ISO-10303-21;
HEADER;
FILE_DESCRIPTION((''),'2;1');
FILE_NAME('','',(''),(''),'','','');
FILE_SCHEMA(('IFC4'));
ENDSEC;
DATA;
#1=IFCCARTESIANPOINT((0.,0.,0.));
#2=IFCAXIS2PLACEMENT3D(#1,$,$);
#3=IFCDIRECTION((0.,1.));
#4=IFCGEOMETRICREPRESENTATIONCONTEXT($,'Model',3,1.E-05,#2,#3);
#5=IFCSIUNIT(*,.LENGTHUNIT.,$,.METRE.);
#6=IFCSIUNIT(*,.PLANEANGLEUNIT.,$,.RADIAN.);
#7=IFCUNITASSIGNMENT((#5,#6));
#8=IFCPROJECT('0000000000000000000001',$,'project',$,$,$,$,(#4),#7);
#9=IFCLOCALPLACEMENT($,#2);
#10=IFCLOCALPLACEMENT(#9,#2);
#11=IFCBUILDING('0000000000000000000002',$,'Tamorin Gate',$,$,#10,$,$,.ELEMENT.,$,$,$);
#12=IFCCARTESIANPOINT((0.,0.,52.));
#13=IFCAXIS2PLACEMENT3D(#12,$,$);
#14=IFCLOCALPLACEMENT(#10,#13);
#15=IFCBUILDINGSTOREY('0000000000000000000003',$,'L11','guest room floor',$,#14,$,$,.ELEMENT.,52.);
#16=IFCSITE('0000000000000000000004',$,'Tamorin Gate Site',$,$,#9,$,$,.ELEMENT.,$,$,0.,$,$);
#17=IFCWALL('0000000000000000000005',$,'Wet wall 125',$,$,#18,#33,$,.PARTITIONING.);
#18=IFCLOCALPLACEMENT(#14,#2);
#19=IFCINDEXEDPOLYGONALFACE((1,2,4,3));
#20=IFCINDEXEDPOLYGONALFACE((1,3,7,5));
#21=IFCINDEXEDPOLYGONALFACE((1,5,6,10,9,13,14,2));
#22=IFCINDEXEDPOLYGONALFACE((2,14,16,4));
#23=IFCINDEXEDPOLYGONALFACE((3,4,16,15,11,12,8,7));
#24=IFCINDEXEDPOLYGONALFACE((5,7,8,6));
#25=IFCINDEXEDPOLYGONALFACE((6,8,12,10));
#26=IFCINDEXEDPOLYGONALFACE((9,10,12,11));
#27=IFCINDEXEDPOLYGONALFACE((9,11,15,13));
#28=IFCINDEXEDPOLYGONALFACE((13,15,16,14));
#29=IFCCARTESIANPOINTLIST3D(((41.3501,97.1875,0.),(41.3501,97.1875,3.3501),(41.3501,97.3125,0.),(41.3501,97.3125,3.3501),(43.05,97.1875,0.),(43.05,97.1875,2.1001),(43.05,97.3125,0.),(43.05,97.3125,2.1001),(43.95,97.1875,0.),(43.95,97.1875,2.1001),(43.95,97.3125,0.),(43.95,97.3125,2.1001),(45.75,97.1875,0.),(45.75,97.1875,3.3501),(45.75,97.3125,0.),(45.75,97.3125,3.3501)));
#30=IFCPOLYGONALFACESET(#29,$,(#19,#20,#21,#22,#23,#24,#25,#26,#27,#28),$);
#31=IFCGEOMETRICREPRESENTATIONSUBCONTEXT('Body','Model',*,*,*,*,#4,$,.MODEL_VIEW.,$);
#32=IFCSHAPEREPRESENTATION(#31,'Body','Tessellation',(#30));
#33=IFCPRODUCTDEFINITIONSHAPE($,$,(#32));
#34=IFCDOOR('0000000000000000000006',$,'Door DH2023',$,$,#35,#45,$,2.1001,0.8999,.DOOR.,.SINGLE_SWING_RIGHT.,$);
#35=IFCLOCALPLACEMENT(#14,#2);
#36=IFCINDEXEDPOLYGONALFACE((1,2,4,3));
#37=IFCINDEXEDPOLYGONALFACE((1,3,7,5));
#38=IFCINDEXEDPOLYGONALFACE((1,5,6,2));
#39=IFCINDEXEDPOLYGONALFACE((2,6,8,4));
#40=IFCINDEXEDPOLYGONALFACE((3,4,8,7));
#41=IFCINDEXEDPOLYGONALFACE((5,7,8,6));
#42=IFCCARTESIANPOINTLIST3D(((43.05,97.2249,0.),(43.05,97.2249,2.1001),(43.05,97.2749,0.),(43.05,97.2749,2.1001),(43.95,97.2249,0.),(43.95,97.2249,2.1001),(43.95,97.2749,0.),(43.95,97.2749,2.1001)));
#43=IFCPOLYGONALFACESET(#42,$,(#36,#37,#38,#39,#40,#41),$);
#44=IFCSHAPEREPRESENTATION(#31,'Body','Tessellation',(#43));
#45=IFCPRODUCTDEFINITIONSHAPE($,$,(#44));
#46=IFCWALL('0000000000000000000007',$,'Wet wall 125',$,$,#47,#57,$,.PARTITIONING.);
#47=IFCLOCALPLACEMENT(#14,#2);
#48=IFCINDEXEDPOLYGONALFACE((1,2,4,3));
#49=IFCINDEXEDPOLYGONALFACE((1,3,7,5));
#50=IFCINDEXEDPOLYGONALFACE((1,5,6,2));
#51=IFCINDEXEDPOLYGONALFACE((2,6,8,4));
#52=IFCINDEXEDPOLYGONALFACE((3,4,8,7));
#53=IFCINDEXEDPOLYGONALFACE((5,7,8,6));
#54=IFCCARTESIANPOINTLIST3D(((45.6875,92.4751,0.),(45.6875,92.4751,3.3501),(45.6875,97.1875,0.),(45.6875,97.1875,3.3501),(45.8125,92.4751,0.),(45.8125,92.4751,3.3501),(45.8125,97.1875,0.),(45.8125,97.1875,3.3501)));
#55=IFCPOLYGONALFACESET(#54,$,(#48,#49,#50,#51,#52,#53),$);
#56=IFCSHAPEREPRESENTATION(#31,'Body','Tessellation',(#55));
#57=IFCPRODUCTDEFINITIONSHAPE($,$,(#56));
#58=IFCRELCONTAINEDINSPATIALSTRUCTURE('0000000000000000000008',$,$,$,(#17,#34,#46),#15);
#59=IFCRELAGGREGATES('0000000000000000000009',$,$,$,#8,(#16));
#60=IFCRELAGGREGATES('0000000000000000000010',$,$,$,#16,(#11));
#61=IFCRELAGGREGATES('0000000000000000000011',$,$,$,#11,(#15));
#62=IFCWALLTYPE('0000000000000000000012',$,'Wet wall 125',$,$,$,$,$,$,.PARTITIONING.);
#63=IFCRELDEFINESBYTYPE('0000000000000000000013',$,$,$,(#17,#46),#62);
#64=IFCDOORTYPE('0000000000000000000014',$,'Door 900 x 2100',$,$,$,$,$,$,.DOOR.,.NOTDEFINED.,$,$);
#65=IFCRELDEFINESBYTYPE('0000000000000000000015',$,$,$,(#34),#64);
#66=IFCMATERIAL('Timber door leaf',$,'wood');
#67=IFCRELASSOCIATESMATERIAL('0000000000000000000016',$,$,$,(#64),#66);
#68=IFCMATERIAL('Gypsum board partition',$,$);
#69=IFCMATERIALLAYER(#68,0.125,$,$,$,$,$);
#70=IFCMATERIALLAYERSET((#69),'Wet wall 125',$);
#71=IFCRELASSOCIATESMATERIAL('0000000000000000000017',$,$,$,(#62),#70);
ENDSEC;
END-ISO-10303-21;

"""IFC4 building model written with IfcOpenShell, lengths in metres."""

from ifc_helpers import new_model, si_unit, direction, frame, frame_2d, origin, place, context, subcontext, project, spatial, rectangle, extrude, material, layer, layer_set, type_object, element, fill, save


model = new_model("IFC4")

# Units and contexts
model_context = context("Model", 3, precision=1e-05, world=origin(), true_north=direction((0.0, 1.0)))
body_context = subcontext(model_context, "Body", "Model", "MODEL_VIEW")
ifc_project = project(units=[si_unit("LENGTHUNIT", "METRE"), si_unit("PLANEANGLEUNIT", "RADIAN")], contexts=[model_context])

# Site, building, storey
site_placement = place(None, origin())
site = spatial("IfcSite", under=ifc_project, at=site_placement, Name="Tamorin Gate Site", CompositionType="ELEMENT", RefElevation=0.0)
building_placement = place(site_placement, origin())
building = spatial("IfcBuilding", under=site, at=building_placement, Name="Tamorin Gate", CompositionType="ELEMENT")
storey_placement = place(building_placement, frame((0.0, 0.0, 52.0)))
storey = spatial("IfcBuildingStorey", under=building, at=storey_placement, Name="L11", Description="guest room floor", CompositionType="ELEMENT", Elevation=52.0)

# Shared definitions
ifc_material_1 = material(Name="Gypsum board partition")

# Shared definitions
ifc_material_2 = material(Name="Timber door leaf", Category="wood")
door_type = type_object("IfcDoorType", Name="Door 900 x 2100", OperationType="NOTDEFINED", PredefinedType="DOOR", material=ifc_material_2)

# Wall, opening, door
ifc_layer_1 = layer(ifc_material_1, 0.125)
ifc_layer_set_1 = layer_set([ifc_layer_1], Name="Wet wall 125")
wall_type_1 = type_object("IfcWallType", Name="Wet wall 125", PredefinedType="PARTITIONING", material=ifc_layer_set_1)
wall_1_placement = place(storey_placement, frame((41.3501, 97.25, 0.0), z_axis=(0.0, 0.0, 1.0), x_axis=(1.0, 0.0, 0.0)))
wall_1 = element("IfcWall", 1, at=wall_1_placement, inside=storey, type_object=wall_type_1, Name="Wet wall 125", PredefinedType="PARTITIONING", context=body_context, shape_type="SweptSolid", body=[
    extrude(rectangle(XDim=4.3999, YDim=0.125, at=frame_2d((2.2, 0.0))), origin(), (0.0, 0.0, 1.0), 3.3501),
])
opening_1_placement = place(wall_1_placement, frame((1.7, 0.0, 0.0)))
opening_1 = element("IfcOpeningElement", 2, at=opening_1_placement, cuts=wall_1, PredefinedType="OPENING", context=body_context, shape_type="SweptSolid", body=[
    extrude(rectangle(XDim=0.8999, YDim=2.1001, at=frame_2d((0.45, 1.05))), frame((0.0, 0.0725, 0.0), z_axis=(0.0, -1.0, 0.0), x_axis=(1.0, 0.0, 0.0)), (0.0, 0.0, 1.0), 0.145),
])
door_1_placement = place(opening_1_placement, origin())
door_1 = element("IfcDoor", 3, at=door_1_placement, inside=storey, type_object=door_type, Name="Door DH2023", OperationType="SINGLE_SWING_RIGHT", OverallHeight=2.1001, OverallWidth=0.8999, PredefinedType="DOOR", context=body_context, shape_type="SweptSolid", body=[
    extrude(rectangle(XDim=0.8999, YDim=2.1001, at=frame_2d((0.45, 1.05))), frame((0.0, 0.0249, 0.0), z_axis=(0.0, -1.0, 0.0), x_axis=(1.0, 0.0, 0.0)), (0.0, 0.0, 1.0), 0.05),
])
fill(opening_1, door_1)

# Wall
wall_2_placement = place(storey_placement, frame((45.75, 92.4751, 0.0), z_axis=(0.0, 0.0, 1.0), x_axis=(0.0, 1.0, 0.0)))
element("IfcWall", 4, at=wall_2_placement, inside=storey, type_object=wall_type_1, Name="Wet wall 125", PredefinedType="PARTITIONING", context=body_context, shape_type="SweptSolid", body=[
    extrude(rectangle(XDim=4.7124, YDim=0.125, at=frame_2d((2.3562, 0.0))), origin(), (0.0, 0.0, 1.0), 3.3501),
])

save(model, "model.ifc")
